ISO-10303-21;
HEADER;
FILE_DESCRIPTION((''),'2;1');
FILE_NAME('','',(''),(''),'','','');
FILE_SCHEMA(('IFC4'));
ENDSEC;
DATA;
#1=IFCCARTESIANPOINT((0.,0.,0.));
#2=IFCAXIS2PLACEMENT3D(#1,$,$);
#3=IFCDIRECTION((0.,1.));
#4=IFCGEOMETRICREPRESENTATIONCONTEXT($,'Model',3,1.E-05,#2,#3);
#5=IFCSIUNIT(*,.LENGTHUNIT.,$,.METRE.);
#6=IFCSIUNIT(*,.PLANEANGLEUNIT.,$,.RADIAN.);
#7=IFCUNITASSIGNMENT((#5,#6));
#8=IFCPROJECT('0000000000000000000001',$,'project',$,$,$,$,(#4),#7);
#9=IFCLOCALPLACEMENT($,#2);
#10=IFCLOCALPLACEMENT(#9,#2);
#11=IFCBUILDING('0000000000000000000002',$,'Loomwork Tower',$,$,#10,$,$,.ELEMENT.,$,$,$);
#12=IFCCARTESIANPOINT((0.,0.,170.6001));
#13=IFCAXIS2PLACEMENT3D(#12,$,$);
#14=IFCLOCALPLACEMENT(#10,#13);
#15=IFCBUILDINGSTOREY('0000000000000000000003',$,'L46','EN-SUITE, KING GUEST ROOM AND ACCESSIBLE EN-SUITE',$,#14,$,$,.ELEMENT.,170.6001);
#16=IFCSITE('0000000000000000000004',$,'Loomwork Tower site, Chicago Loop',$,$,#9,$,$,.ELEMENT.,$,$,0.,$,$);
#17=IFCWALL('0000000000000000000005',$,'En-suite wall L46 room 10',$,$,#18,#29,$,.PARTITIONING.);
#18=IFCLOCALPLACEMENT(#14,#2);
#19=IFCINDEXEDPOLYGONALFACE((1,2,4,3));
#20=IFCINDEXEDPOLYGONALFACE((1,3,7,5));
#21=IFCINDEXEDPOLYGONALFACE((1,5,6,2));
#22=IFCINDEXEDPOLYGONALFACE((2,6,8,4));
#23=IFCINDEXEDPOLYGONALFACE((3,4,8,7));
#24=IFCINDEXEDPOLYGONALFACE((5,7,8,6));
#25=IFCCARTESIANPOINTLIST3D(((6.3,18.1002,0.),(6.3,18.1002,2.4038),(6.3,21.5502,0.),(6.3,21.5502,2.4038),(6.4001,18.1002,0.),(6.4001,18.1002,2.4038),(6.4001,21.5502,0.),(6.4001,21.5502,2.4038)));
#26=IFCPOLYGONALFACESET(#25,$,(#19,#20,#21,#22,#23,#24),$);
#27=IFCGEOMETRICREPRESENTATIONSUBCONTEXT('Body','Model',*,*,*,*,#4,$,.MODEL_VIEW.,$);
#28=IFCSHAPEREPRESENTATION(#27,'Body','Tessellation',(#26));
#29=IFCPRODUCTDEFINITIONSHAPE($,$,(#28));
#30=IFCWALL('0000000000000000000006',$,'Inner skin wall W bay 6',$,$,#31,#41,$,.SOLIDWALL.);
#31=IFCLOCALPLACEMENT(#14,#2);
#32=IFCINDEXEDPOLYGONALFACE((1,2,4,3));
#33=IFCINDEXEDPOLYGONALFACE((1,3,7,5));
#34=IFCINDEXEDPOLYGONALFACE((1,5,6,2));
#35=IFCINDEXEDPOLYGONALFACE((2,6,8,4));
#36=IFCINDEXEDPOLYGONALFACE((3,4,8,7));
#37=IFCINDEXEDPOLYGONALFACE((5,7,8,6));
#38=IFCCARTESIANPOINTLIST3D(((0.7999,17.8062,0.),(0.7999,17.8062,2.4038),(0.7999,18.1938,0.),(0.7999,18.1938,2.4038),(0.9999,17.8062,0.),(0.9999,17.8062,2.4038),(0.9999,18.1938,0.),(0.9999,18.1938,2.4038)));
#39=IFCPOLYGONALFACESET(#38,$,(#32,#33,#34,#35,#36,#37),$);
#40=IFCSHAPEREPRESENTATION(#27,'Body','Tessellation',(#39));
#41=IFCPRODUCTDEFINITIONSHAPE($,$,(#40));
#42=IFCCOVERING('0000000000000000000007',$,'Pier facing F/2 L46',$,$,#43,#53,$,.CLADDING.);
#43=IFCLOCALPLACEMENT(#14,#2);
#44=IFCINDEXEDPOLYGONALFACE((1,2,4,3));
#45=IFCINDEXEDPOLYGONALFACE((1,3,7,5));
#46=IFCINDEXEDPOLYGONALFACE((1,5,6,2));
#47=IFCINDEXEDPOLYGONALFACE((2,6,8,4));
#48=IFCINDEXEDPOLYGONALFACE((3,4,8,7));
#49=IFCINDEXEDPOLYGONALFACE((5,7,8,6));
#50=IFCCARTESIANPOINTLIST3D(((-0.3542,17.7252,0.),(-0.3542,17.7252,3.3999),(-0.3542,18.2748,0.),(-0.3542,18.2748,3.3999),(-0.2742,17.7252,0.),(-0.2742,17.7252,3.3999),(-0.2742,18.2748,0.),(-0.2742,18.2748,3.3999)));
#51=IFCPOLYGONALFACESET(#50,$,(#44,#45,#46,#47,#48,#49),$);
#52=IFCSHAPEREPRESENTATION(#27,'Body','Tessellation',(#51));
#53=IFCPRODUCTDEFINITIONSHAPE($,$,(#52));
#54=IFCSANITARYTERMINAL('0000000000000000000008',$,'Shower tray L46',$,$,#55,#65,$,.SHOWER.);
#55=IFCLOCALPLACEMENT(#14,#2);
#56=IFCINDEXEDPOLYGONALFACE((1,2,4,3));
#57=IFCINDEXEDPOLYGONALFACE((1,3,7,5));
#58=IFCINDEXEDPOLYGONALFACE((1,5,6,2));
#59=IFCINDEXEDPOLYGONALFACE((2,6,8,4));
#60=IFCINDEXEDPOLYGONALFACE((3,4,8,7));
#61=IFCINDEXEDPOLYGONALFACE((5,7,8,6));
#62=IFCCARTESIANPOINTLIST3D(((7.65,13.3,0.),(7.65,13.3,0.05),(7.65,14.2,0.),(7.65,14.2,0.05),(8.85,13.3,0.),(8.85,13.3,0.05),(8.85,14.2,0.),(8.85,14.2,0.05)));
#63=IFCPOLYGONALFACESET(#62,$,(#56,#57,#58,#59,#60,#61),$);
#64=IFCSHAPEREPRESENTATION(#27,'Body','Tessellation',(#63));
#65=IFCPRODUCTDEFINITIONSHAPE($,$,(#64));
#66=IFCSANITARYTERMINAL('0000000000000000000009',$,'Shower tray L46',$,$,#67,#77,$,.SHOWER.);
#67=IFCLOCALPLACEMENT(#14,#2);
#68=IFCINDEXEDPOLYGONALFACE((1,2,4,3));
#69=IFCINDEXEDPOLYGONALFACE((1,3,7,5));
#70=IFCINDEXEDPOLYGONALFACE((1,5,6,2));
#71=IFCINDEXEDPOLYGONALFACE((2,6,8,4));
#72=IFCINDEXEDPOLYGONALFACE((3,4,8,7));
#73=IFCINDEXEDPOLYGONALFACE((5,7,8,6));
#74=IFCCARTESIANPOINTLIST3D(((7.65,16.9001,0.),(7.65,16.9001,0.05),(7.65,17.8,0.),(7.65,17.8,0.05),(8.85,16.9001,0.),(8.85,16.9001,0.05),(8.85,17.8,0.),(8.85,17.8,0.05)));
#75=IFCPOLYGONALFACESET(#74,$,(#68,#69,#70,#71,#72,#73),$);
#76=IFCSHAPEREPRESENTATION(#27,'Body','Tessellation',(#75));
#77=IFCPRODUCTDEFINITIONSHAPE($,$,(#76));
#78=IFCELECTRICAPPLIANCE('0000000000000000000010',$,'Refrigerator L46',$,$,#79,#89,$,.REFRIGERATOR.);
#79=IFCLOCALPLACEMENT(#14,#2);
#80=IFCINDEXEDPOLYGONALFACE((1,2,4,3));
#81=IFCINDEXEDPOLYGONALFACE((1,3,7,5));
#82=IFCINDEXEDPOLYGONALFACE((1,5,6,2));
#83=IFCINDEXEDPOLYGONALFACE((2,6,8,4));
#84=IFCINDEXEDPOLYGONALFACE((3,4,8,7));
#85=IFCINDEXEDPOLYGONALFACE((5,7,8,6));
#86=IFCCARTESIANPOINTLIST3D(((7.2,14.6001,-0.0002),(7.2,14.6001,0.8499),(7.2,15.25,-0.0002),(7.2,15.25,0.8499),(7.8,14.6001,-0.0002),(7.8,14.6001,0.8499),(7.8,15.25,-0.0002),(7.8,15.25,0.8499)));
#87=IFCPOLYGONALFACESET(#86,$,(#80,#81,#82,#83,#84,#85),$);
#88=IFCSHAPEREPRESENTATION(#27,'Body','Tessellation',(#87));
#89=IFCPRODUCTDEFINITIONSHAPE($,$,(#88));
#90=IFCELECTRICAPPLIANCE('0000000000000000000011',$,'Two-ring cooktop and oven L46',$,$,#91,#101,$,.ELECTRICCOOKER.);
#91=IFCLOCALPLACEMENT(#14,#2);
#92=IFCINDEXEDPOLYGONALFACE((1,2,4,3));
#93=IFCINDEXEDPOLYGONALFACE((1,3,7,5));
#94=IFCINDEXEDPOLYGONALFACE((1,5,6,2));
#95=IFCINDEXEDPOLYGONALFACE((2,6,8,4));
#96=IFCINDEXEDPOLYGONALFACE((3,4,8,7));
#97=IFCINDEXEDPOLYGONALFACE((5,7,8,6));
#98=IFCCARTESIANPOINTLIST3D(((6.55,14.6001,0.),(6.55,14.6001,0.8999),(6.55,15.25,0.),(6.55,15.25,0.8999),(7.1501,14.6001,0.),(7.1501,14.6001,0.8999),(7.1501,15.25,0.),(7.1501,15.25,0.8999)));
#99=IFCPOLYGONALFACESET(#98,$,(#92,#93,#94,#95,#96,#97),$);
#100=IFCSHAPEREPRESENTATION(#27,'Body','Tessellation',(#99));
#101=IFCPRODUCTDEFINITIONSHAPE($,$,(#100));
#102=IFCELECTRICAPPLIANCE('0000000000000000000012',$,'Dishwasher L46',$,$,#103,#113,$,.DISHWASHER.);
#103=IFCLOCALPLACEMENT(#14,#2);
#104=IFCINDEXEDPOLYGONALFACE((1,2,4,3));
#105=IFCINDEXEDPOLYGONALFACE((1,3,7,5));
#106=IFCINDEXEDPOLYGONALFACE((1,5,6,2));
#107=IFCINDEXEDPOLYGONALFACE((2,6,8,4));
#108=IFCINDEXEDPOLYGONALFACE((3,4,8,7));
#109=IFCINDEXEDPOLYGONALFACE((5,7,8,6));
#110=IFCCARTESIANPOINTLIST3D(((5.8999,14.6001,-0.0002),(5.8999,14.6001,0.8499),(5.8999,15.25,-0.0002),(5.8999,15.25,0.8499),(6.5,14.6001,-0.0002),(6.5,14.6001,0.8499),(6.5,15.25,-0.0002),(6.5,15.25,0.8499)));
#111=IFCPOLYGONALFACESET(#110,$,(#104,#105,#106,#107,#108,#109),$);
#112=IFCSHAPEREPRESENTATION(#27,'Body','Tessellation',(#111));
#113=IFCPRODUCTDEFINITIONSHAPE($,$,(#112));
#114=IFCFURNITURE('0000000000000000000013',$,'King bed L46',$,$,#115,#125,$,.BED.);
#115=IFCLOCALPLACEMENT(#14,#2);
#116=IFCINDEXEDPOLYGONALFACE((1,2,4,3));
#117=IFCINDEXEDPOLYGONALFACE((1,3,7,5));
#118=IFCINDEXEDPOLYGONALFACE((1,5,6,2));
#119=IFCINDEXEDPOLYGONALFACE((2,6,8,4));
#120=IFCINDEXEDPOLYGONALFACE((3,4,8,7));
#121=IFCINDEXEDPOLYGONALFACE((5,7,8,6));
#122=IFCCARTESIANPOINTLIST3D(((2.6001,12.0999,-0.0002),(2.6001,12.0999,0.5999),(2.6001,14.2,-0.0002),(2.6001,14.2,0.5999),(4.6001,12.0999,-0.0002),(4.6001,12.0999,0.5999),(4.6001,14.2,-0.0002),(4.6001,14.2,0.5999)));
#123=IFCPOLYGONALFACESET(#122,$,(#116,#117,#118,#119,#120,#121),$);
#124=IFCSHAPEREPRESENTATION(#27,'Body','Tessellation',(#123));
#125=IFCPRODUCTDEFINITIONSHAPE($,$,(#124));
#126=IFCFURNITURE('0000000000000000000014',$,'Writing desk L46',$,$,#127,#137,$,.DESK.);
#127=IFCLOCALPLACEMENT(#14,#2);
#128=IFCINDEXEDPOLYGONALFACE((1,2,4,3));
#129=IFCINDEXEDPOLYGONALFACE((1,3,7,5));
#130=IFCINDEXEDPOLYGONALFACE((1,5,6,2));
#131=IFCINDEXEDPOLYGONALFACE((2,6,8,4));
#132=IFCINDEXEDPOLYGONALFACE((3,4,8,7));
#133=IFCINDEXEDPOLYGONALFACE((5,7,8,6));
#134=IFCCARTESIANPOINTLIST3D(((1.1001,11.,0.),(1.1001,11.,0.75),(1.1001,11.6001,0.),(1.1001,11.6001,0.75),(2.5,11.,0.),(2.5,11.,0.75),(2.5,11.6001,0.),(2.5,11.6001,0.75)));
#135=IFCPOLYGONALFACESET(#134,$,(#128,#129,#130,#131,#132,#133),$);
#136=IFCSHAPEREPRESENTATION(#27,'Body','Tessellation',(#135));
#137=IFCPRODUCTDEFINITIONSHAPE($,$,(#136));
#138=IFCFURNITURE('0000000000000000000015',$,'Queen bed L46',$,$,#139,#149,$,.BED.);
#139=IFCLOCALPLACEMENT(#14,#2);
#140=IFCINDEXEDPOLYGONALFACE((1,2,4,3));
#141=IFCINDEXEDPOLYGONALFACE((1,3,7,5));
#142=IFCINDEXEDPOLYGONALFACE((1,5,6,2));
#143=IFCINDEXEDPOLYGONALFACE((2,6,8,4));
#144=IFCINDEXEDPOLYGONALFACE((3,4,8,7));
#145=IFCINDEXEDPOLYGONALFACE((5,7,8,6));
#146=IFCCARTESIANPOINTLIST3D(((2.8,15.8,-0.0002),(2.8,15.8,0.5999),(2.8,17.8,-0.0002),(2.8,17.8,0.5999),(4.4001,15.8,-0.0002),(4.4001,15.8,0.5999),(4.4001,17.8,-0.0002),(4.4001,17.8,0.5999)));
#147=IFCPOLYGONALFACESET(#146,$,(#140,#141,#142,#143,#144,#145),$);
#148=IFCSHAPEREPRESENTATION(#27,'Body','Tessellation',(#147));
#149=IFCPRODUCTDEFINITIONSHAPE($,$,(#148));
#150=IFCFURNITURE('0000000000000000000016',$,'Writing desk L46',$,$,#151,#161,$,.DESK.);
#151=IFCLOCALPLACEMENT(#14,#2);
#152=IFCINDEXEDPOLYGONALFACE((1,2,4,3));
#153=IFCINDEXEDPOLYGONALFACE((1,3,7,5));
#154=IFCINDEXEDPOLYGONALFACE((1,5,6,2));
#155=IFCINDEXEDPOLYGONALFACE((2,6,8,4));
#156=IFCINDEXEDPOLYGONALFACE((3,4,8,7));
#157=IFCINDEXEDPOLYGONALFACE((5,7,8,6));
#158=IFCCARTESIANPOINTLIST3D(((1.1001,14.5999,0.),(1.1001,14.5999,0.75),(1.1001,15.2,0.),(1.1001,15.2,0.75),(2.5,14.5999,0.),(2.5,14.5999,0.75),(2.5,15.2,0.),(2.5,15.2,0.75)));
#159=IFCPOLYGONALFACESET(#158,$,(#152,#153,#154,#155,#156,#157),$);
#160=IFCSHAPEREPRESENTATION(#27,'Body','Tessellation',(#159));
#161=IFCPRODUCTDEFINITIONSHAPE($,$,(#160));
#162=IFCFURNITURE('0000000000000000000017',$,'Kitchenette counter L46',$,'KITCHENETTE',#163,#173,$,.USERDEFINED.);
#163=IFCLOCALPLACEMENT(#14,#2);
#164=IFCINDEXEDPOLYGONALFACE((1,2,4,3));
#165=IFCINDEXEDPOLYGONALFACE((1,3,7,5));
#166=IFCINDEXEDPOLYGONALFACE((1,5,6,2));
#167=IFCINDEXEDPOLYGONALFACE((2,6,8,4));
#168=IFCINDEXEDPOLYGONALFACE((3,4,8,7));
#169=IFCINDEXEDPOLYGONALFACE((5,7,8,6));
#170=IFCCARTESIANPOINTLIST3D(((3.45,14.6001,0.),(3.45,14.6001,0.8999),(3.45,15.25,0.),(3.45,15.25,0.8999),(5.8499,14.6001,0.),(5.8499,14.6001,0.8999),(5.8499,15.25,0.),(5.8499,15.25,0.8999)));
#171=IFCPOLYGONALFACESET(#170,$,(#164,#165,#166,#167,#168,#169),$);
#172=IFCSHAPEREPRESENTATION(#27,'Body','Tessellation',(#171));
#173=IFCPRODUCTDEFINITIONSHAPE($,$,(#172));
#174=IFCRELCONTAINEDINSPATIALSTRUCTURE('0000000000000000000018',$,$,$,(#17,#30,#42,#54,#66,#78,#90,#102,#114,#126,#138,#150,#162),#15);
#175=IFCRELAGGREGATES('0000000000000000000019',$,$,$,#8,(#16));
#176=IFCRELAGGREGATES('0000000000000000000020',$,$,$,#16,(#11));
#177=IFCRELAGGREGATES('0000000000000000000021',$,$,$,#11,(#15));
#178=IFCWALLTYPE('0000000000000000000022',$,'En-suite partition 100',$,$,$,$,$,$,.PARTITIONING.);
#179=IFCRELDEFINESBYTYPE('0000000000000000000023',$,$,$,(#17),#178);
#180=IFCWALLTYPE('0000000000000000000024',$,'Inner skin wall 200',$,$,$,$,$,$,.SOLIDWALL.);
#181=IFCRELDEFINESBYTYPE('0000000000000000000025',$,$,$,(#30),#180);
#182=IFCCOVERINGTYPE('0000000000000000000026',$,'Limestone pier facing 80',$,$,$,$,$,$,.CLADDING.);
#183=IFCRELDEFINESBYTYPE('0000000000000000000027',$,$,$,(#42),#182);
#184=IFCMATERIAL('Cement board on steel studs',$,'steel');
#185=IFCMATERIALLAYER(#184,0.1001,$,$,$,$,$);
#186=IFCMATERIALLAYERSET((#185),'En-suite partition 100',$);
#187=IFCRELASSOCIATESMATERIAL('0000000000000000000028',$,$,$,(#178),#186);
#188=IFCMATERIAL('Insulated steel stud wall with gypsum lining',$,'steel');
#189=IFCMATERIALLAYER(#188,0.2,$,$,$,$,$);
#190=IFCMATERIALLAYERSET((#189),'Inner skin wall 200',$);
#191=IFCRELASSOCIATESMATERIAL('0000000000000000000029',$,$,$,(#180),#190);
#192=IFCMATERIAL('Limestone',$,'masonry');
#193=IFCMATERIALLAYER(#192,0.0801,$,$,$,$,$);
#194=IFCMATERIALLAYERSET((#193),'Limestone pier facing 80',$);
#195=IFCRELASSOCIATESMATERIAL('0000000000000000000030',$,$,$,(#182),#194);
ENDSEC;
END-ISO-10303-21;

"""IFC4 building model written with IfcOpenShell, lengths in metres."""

from ifc_helpers import new_model, si_unit, direction, frame, frame_2d, origin, origin_2d, place, context, subcontext, project, spatial, rectangle, extrude, material, layer, layer_set, type_object, element, save


model = new_model("IFC4")

# Units and contexts
model_context = context("Model", 3, precision=1e-05, world=origin(), true_north=direction((0.0, 1.0)))
body_context = subcontext(model_context, "Body", "Model", "MODEL_VIEW")
ifc_project = project(units=[si_unit("LENGTHUNIT", "METRE"), si_unit("PLANEANGLEUNIT", "RADIAN")], contexts=[model_context])

# Site, building, storey
site_placement = place(None, origin())
site = spatial("IfcSite", under=ifc_project, at=site_placement, Name="Loomwork Tower site, Chicago Loop", CompositionType="ELEMENT", RefElevation=0.0)
building_placement = place(site_placement, origin())
building = spatial("IfcBuilding", under=site, at=building_placement, Name="Loomwork Tower", CompositionType="ELEMENT")
storey_placement = place(building_placement, frame((0.0, 0.0, 170.6001)))
storey = spatial("IfcBuildingStorey", under=building, at=storey_placement, Name="L46", Description="EN-SUITE, KING GUEST ROOM AND ACCESSIBLE EN-SUITE", CompositionType="ELEMENT", Elevation=170.6001)

# Walls
ifc_material_1 = material(Name="Cement board on steel studs", Category="steel")
ifc_layer_1 = layer(ifc_material_1, 0.1001)
ifc_layer_set_1 = layer_set([ifc_layer_1], Name="En-suite partition 100")
wall_type_1 = type_object("IfcWallType", Name="En-suite partition 100", PredefinedType="PARTITIONING", material=ifc_layer_set_1)
wall_1_placement = place(storey_placement, frame((6.3501, 18.1001, 0.0), z_axis=(0.0, 0.0, 1.0), x_axis=(0.0, 1.0, 0.0)))
element("IfcWall", 1, at=wall_1_placement, inside=storey, type_object=wall_type_1, Name="En-suite wall L46 room 10", PredefinedType="PARTITIONING", context=body_context, shape_type="SweptSolid", body=[
    extrude(rectangle(XDim=3.45, YDim=0.1001, at=frame_2d((1.7251, 0.0))), origin(), (0.0, 0.0, 1.0), 2.4038),
])
ifc_material_2 = material(Name="Insulated steel stud wall with gypsum lining", Category="steel")
ifc_layer_2 = layer(ifc_material_2, 0.2)
ifc_layer_set_2 = layer_set([ifc_layer_2], Name="Inner skin wall 200")
wall_type_2 = type_object("IfcWallType", Name="Inner skin wall 200", PredefinedType="SOLIDWALL", material=ifc_layer_set_2)
wall_2_placement = place(storey_placement, frame((0.8999, 17.8062, 0.0), z_axis=(0.0, 0.0, 1.0), x_axis=(0.0, 1.0, 0.0)))
element("IfcWall", 2, at=wall_2_placement, inside=storey, type_object=wall_type_2, Name="Inner skin wall W bay 6", PredefinedType="SOLIDWALL", context=body_context, shape_type="SweptSolid", body=[
    extrude(rectangle(XDim=0.3877, YDim=0.2, at=frame_2d((0.1938, 0.0))), origin(), (0.0, 0.0, 1.0), 2.4038),
])

# Covering
ifc_material_3 = material(Name="Limestone", Category="masonry")
ifc_layer_3 = layer(ifc_material_3, 0.0801)
ifc_layer_set_3 = layer_set([ifc_layer_3], Name="Limestone pier facing 80")
covering_type = type_object("IfcCoveringType", Name="Limestone pier facing 80", PredefinedType="CLADDING", material=ifc_layer_set_3)
covering_placement = place(storey_placement, frame((-0.3142, 18.0, 0.0), z_axis=(0.0, 0.0, 1.0), x_axis=(1.0, 0.0, 0.0)))
element("IfcCovering", 3, at=covering_placement, inside=storey, type_object=covering_type, Name="Pier facing F/2 L46", PredefinedType="CLADDING", context=body_context, shape_type="SweptSolid", body=[
    extrude(rectangle(XDim=0.0801, YDim=0.5496, at=origin_2d()), origin(), (0.0, 0.0, 1.0), 3.3999),
])

# Sanitary terminals
for number, where, z_axis, x_axis, name in (
    (4, (8.25, 13.75, 0.0), (0.0, 0.0, 1.0), (1.0, 0.0, 0.0), "Shower tray L46"),
    (5, (8.25, 17.3501, 0.0), (0.0, 0.0, 1.0), (1.0, 0.0, 0.0), "Shower tray L46"),
):
    element("IfcSanitaryTerminal", number, at=place(storey_placement, frame(where, z_axis=z_axis, x_axis=x_axis)), inside=storey, Name=name, PredefinedType="SHOWER", context=body_context, shape_type="SweptSolid", body=[
        extrude(rectangle(XDim=1.2, YDim=0.8999, at=origin_2d()), origin(), (0.0, 0.0, 1.0), 0.05),
    ])

# Electric appliances
electric_appliance_1_placement = place(storey_placement, frame((7.5, 14.925, -0.0002), z_axis=(0.0, 0.0, 1.0), x_axis=(1.0, 0.0, 0.0)))
element("IfcElectricAppliance", 6, at=electric_appliance_1_placement, inside=storey, Name="Refrigerator L46", PredefinedType="REFRIGERATOR", context=body_context, shape_type="SweptSolid", body=[
    extrude(rectangle(XDim=0.6001, YDim=0.6499, at=origin_2d()), origin(), (0.0, 0.0, 1.0), 0.8501),
])
electric_appliance_2_placement = place(storey_placement, frame((6.8501, 14.925, 0.0), z_axis=(0.0, 0.0, 1.0), x_axis=(1.0, 0.0, 0.0)))
element("IfcElectricAppliance", 7, at=electric_appliance_2_placement, inside=storey, Name="Two-ring cooktop and oven L46", PredefinedType="ELECTRICCOOKER", context=body_context, shape_type="SweptSolid", body=[
    extrude(rectangle(XDim=0.6001, YDim=0.6499, at=origin_2d()), origin(), (0.0, 0.0, 1.0), 0.8999),
])
electric_appliance_3_placement = place(storey_placement, frame((6.2, 14.925, -0.0002), z_axis=(0.0, 0.0, 1.0), x_axis=(1.0, 0.0, 0.0)))
element("IfcElectricAppliance", 8, at=electric_appliance_3_placement, inside=storey, Name="Dishwasher L46", PredefinedType="DISHWASHER", context=body_context, shape_type="SweptSolid", body=[
    extrude(rectangle(XDim=0.6001, YDim=0.6499, at=origin_2d()), origin(), (0.0, 0.0, 1.0), 0.8501),
])

# Furniture
furniture_1_placement = place(storey_placement, frame((3.6001, 13.1499, -0.0002), z_axis=(0.0, 0.0, 1.0), x_axis=(1.0, 0.0, 0.0)))
element("IfcFurniture", 9, at=furniture_1_placement, inside=storey, Name="King bed L46", PredefinedType="BED", context=body_context, shape_type="SweptSolid", body=[
    extrude(rectangle(XDim=2.0, YDim=2.1001, at=origin_2d()), origin(), (0.0, 0.0, 1.0), 0.6001),
])
furniture_2_placement = place(storey_placement, frame((1.8, 11.3, 0.0), z_axis=(0.0, 0.0, 1.0), x_axis=(1.0, 0.0, 0.0)))
element("IfcFurniture", 10, at=furniture_2_placement, inside=storey, Name="Writing desk L46", PredefinedType="DESK", context=body_context, shape_type="SweptSolid", body=[
    extrude(rectangle(XDim=1.3999, YDim=0.6001, at=origin_2d()), origin(), (0.0, 0.0, 1.0), 0.75),
])
furniture_3_placement = place(storey_placement, frame((3.6001, 16.8, -0.0002), z_axis=(0.0, 0.0, 1.0), x_axis=(1.0, 0.0, 0.0)))
element("IfcFurniture", 11, at=furniture_3_placement, inside=storey, Name="Queen bed L46", PredefinedType="BED", context=body_context, shape_type="SweptSolid", body=[
    extrude(rectangle(XDim=1.6001, YDim=2.0, at=origin_2d()), origin(), (0.0, 0.0, 1.0), 0.6001),
])
furniture_4_placement = place(storey_placement, frame((1.8, 14.8999, 0.0), z_axis=(0.0, 0.0, 1.0), x_axis=(1.0, 0.0, 0.0)))
element("IfcFurniture", 12, at=furniture_4_placement, inside=storey, Name="Writing desk L46", PredefinedType="DESK", context=body_context, shape_type="SweptSolid", body=[
    extrude(rectangle(XDim=1.3999, YDim=0.6001, at=origin_2d()), origin(), (0.0, 0.0, 1.0), 0.75),
])
furniture_5_placement = place(storey_placement, frame((4.6499, 14.925, 0.0), z_axis=(0.0, 0.0, 1.0), x_axis=(1.0, 0.0, 0.0)))
element("IfcFurniture", 13, at=furniture_5_placement, inside=storey, Name="Kitchenette counter L46", ObjectType="KITCHENETTE", PredefinedType="USERDEFINED", context=body_context, shape_type="SweptSolid", body=[
    extrude(rectangle(XDim=2.3999, YDim=0.6499, at=origin_2d()), origin(), (0.0, 0.0, 1.0), 0.8999),
])

save(model, "model.ifc")
